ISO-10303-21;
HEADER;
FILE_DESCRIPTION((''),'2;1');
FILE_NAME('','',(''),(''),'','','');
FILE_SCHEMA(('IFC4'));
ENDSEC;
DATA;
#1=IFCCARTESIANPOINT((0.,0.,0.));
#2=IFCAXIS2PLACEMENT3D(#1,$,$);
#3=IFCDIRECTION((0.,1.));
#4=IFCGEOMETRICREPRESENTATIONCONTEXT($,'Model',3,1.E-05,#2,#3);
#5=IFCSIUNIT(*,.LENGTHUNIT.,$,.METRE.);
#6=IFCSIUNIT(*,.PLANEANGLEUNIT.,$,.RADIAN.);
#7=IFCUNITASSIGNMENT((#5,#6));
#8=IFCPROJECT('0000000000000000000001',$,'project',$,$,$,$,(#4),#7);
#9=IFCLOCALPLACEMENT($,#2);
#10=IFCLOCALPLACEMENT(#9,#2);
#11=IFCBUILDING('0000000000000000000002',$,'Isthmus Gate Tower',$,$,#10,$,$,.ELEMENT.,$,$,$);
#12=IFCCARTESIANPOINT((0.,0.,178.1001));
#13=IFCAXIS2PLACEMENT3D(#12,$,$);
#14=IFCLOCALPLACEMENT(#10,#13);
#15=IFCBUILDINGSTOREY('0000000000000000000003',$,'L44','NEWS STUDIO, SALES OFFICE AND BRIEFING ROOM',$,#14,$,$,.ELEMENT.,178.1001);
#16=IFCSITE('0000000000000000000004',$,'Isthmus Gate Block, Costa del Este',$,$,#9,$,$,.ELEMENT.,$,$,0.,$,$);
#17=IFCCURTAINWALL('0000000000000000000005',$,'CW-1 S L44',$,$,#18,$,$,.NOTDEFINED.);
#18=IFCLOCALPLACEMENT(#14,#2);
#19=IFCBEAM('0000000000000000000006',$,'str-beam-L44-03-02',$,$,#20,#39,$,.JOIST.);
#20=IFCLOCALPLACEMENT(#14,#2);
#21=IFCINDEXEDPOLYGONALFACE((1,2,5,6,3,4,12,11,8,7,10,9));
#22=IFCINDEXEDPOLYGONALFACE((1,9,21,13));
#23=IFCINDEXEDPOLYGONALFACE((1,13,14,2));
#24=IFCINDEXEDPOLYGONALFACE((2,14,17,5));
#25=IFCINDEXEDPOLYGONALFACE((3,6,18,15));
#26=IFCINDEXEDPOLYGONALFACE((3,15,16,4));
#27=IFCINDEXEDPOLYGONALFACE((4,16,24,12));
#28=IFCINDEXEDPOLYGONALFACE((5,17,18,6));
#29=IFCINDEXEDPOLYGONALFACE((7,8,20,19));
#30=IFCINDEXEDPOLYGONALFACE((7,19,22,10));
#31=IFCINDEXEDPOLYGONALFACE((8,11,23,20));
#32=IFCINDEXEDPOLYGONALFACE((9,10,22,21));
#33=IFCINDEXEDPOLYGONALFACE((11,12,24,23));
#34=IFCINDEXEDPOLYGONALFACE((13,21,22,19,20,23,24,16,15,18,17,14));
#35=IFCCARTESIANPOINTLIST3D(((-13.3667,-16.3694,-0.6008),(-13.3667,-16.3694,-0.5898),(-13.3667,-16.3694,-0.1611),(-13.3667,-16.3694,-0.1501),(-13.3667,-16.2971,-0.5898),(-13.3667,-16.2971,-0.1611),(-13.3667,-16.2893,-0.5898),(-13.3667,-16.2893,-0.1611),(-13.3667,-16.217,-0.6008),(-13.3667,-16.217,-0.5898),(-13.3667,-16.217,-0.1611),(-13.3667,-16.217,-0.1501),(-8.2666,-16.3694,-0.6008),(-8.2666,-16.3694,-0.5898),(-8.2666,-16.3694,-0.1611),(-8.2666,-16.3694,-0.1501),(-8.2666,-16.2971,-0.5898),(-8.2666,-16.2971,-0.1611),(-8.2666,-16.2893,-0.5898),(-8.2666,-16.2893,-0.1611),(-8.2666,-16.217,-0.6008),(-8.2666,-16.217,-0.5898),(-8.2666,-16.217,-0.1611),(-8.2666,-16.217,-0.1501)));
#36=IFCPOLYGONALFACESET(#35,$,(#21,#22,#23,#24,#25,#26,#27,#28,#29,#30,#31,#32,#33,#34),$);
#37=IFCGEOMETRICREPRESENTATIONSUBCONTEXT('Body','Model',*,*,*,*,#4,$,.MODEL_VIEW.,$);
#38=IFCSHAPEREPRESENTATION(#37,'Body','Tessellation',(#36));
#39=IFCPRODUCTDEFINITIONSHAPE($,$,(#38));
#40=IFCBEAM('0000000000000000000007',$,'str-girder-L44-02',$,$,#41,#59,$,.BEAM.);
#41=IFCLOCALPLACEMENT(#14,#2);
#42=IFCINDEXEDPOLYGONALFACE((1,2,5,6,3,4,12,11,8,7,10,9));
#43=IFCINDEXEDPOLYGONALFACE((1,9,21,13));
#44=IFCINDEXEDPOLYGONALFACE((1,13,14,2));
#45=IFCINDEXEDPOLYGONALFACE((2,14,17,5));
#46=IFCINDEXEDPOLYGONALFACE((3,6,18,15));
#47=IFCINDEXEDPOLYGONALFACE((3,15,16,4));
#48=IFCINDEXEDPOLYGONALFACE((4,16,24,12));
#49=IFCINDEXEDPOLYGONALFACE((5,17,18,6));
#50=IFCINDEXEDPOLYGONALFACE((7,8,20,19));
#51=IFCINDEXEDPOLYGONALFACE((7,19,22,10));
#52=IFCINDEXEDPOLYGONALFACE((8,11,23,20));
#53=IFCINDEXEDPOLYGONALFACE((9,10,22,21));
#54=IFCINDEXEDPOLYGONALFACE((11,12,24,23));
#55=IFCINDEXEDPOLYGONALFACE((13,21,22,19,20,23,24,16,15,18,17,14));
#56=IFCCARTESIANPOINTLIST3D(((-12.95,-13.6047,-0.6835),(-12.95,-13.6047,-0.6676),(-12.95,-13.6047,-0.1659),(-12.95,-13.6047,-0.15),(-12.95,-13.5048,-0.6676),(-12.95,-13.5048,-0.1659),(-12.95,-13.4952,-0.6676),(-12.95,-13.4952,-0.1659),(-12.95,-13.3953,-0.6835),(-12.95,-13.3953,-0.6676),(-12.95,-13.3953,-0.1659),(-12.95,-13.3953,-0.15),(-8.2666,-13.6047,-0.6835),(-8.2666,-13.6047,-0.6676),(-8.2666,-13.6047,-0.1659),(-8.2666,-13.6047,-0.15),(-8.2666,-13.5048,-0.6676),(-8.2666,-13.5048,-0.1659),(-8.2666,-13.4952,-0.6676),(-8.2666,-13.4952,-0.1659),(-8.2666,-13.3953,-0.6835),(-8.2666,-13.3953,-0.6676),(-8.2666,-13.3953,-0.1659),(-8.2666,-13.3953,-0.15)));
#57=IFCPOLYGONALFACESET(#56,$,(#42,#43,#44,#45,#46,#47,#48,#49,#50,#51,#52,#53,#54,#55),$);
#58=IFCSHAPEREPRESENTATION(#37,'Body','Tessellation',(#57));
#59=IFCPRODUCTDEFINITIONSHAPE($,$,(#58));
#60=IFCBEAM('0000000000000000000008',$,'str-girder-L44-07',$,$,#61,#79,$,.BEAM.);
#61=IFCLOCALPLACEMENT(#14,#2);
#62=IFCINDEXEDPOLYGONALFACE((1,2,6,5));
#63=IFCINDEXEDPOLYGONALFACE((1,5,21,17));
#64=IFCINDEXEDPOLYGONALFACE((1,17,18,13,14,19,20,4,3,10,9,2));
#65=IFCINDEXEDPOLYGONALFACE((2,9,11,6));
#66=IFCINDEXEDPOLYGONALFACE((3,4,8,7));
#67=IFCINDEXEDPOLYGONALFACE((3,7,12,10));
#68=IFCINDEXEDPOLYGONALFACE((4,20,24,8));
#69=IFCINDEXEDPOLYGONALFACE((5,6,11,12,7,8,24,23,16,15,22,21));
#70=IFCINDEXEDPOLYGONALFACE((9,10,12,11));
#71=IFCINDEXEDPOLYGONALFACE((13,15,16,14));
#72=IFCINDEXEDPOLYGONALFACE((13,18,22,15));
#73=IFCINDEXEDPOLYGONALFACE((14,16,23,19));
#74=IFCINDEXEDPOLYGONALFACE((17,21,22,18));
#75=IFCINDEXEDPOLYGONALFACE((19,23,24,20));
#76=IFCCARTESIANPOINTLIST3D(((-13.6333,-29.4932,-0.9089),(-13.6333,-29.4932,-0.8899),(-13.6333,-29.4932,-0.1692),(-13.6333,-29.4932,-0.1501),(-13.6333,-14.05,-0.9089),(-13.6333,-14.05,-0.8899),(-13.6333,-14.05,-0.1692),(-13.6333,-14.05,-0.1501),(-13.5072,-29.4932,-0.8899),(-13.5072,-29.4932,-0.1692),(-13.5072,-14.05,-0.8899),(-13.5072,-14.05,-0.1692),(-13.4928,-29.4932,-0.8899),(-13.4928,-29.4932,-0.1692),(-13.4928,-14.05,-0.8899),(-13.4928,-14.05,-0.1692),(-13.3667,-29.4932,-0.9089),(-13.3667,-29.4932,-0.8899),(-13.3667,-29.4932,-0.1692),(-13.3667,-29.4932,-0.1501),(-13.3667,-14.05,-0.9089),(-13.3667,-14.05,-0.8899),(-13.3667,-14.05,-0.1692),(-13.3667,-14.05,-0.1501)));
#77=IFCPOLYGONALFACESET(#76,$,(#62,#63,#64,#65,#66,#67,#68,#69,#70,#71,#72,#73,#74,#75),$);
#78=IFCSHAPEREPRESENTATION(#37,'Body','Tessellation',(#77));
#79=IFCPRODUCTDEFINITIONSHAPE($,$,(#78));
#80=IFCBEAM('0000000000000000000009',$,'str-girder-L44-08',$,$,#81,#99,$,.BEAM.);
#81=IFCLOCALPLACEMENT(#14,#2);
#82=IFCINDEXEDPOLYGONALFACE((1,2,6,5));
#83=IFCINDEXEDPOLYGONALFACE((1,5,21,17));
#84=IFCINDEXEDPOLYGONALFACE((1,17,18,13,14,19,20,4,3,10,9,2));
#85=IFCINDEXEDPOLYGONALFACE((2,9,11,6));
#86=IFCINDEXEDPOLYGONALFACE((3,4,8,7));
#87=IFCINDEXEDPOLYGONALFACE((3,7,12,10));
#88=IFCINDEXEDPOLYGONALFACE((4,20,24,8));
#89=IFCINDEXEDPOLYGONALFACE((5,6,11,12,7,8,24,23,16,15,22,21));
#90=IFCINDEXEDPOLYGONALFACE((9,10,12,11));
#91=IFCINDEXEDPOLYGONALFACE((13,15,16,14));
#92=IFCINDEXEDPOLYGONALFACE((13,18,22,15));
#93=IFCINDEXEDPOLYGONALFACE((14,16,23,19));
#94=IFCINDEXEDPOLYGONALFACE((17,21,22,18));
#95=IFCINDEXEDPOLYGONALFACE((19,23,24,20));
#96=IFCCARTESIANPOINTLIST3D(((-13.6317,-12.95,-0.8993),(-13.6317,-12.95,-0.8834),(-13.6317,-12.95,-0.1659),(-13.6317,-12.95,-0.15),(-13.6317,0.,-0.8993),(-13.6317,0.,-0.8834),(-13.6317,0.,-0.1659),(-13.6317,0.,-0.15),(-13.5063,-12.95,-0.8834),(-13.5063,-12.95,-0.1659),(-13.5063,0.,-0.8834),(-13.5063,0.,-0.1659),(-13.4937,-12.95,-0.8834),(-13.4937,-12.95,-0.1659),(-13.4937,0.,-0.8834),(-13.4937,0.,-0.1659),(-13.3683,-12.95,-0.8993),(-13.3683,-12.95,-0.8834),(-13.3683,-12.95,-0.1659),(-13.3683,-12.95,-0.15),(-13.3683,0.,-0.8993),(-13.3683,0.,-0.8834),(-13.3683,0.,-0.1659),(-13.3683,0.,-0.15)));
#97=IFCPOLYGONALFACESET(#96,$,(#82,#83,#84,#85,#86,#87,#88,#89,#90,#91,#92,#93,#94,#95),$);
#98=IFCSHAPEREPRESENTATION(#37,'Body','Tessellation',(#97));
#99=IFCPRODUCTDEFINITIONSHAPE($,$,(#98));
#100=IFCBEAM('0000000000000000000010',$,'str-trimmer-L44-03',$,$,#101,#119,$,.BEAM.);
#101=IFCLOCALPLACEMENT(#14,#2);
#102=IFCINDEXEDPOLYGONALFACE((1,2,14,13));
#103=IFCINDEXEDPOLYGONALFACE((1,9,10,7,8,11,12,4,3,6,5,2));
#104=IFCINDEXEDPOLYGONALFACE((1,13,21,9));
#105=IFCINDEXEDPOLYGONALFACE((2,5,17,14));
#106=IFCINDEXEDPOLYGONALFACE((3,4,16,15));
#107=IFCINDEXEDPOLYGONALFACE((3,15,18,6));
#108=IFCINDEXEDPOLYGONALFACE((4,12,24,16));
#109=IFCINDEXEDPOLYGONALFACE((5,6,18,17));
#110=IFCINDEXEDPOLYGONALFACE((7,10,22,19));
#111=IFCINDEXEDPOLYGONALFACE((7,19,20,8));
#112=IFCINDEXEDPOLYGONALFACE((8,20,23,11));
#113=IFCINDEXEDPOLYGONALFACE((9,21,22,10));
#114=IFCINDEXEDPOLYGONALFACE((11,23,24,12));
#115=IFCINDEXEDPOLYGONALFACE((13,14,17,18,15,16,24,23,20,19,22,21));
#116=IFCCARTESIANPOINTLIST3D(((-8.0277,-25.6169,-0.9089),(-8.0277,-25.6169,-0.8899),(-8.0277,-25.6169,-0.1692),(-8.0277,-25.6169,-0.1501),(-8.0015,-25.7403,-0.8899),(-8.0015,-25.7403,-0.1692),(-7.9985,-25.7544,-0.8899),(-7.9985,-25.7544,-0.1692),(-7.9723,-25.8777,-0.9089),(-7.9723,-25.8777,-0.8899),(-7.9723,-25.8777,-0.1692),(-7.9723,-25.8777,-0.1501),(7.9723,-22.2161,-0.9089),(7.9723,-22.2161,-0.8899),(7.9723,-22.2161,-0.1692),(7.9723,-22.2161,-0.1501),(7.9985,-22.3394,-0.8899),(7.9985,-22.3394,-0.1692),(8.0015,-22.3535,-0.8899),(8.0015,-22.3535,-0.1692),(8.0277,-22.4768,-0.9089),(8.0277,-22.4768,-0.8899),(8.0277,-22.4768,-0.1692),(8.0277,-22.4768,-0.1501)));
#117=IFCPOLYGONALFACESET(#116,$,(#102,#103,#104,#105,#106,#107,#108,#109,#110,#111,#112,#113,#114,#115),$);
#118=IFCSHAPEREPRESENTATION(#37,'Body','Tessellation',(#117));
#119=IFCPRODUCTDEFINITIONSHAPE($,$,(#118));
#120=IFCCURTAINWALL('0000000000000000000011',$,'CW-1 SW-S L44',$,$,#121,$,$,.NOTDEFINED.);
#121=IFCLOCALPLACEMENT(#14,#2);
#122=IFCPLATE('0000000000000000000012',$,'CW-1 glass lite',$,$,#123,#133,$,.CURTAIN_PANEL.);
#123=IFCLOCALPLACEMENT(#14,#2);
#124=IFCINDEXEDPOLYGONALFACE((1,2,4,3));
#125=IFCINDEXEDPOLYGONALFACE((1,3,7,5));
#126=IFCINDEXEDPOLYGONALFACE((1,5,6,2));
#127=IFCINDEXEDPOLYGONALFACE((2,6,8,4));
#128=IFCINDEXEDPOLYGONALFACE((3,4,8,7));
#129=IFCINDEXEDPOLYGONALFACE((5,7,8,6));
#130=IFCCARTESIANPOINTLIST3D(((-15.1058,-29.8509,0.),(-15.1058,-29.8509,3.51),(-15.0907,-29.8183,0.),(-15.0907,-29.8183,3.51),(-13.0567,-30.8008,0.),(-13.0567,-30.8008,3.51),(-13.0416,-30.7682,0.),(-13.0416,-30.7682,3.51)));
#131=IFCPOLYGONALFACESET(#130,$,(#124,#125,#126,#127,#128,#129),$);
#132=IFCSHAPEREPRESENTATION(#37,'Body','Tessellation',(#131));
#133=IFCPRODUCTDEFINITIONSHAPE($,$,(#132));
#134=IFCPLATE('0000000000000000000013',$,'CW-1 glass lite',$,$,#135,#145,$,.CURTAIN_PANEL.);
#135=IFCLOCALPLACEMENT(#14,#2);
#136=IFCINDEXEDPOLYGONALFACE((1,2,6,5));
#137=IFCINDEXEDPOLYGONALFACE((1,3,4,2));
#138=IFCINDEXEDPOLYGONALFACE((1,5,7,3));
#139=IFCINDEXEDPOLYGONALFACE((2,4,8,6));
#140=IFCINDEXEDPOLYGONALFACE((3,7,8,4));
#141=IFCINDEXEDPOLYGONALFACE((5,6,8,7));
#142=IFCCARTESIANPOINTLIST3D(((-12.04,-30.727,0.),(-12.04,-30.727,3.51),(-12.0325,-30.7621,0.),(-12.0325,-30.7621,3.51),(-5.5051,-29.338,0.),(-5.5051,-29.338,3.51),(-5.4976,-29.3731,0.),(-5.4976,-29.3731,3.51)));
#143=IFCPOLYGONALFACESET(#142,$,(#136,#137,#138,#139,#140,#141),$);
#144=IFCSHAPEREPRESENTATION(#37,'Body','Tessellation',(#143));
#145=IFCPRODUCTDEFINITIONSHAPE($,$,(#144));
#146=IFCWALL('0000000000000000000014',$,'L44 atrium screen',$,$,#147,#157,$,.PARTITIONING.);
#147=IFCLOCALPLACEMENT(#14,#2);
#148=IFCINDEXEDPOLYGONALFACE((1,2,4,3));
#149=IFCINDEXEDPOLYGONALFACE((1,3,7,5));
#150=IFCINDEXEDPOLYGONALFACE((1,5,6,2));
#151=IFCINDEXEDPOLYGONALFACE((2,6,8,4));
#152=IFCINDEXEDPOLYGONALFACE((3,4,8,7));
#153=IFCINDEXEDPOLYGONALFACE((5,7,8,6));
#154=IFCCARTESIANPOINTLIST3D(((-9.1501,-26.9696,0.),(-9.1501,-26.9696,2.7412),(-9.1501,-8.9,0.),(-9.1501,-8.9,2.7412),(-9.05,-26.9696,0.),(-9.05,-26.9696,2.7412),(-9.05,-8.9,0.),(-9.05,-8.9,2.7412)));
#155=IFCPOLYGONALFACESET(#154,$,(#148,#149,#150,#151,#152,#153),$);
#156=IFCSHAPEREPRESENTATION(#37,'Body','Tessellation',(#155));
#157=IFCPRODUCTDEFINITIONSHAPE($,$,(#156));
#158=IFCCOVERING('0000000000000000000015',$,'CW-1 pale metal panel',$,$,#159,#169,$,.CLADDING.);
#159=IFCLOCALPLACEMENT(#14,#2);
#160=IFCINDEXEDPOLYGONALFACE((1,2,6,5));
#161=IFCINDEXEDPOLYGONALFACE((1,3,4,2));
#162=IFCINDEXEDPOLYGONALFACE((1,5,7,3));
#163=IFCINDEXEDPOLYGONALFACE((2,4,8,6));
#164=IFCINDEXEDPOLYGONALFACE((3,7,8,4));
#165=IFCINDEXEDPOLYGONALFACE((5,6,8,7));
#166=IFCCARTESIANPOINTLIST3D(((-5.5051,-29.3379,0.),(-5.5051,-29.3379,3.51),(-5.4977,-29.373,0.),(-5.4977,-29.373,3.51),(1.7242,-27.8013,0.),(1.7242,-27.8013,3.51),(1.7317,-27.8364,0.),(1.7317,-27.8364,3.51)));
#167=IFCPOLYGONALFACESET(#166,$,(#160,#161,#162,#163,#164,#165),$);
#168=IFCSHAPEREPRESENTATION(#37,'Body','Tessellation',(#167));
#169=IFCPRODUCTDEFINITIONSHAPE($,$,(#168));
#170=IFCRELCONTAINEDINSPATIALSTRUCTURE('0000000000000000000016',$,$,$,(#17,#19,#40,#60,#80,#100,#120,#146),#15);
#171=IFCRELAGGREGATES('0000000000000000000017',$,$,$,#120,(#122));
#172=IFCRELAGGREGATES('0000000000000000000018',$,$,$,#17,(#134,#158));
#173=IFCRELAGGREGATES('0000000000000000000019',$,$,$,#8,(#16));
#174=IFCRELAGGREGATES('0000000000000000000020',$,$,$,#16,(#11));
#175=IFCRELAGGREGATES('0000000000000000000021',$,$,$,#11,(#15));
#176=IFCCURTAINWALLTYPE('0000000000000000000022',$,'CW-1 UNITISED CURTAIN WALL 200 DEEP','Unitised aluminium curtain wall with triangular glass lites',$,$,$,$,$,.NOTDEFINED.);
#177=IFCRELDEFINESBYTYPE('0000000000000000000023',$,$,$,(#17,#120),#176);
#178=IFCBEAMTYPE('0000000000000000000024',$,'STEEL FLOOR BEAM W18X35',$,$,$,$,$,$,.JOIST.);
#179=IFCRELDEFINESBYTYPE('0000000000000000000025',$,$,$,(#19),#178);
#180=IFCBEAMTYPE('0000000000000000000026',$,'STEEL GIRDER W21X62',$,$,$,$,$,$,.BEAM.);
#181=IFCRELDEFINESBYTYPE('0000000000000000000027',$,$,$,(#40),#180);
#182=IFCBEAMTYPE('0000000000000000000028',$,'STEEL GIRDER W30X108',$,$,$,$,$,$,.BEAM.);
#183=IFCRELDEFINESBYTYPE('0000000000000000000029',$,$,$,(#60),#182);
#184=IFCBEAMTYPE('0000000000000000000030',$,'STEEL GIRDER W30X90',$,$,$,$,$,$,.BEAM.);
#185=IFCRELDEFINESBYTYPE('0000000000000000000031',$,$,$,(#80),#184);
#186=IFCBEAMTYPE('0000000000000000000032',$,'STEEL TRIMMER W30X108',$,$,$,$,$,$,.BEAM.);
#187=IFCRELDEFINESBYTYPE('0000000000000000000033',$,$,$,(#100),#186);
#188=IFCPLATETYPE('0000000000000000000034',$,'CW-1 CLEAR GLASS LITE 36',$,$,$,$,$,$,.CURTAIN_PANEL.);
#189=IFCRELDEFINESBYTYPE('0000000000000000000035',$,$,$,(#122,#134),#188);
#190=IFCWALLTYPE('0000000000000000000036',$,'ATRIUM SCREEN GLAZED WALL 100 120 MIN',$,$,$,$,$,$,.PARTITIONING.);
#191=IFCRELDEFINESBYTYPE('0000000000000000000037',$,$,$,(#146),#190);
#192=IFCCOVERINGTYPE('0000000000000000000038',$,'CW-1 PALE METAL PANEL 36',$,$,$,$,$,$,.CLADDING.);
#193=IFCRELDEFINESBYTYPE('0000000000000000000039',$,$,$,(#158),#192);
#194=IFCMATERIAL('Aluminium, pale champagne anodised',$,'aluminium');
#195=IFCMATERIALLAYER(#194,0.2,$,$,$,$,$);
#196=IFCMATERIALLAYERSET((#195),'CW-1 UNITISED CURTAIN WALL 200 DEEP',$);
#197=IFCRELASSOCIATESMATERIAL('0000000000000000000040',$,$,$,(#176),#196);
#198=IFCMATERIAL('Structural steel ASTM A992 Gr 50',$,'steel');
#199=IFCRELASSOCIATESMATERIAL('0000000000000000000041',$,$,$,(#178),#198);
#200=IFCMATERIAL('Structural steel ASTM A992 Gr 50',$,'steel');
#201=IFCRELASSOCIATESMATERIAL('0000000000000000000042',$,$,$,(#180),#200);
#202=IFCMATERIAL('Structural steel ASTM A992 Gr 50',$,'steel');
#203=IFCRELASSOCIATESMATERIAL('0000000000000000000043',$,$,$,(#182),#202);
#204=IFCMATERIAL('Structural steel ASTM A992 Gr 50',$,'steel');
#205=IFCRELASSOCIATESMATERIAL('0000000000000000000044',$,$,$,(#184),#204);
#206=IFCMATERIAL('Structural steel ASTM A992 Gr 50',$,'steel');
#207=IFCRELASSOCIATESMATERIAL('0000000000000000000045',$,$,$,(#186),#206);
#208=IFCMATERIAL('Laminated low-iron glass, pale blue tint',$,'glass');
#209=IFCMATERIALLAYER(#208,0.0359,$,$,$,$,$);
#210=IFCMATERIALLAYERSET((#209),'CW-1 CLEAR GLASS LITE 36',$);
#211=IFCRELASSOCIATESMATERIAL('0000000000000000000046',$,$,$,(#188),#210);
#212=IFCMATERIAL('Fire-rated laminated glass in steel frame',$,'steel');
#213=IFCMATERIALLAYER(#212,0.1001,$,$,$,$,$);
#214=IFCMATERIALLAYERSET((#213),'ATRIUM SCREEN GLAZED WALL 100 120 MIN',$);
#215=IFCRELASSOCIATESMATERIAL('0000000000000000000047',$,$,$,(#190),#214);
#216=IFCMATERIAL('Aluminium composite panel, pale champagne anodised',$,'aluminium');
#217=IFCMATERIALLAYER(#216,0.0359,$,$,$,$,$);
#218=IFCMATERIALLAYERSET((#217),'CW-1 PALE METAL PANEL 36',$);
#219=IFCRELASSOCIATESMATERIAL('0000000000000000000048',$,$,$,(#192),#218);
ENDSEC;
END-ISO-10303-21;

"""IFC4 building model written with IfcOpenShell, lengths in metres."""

from ifc_helpers import new_model, si_unit, direction, frame, frame_2d, origin, origin_2d, place, context, subcontext, project, spatial, rectangle, i_section, extrude, material, layer, layer_set, material_profile, profile_set, type_object, element, aggregate, save


model = new_model("IFC4")

# Units and contexts
model_context = context("Model", 3, precision=1e-05, world=origin(), true_north=direction((0.0, 1.0)))
body_context = subcontext(model_context, "Body", "Model", "MODEL_VIEW")
ifc_project = project(units=[si_unit("LENGTHUNIT", "METRE"), si_unit("PLANEANGLEUNIT", "RADIAN")], contexts=[model_context])

# Site, building, storey
site_placement = place(None, origin())
site = spatial("IfcSite", under=ifc_project, at=site_placement, Name="Isthmus Gate Block, Costa del Este", CompositionType="ELEMENT", RefElevation=0.0)
building_placement = place(site_placement, origin())
building = spatial("IfcBuilding", under=site, at=building_placement, Name="Isthmus Gate Tower", CompositionType="ELEMENT")
storey_placement = place(building_placement, frame((0.0, 0.0, 178.1001)))
storey = spatial("IfcBuildingStorey", under=building, at=storey_placement, Name="L44", Description="NEWS STUDIO, SALES OFFICE AND BRIEFING ROOM", CompositionType="ELEMENT", Elevation=178.1001)

# Curtain wall
ifc_material_1 = material(Name="Aluminium, pale champagne anodised", Category="aluminium")
ifc_layer_1 = layer(ifc_material_1, 0.2)
ifc_layer_set_1 = layer_set([ifc_layer_1], Name="CW-1 UNITISED CURTAIN WALL 200 DEEP")
curtain_wall_type = type_object("IfcCurtainWallType", Name="CW-1 UNITISED CURTAIN WALL 200 DEEP", Description="Unitised aluminium curtain wall with triangular glass lites", PredefinedType="NOTDEFINED", material=ifc_layer_set_1)
curtain_wall_1_placement = place(storey_placement, origin())
curtain_wall_1 = element("IfcCurtainWall", 1, at=curtain_wall_1_placement, inside=storey, type_object=curtain_wall_type, Name="CW-1 S L44", PredefinedType="NOTDEFINED")

# Beams
ifc_material_2 = material(Name="Structural steel ASTM A992 Gr 50", Category="steel")
ifc_material_profile_1 = material_profile(ifc_material_2, i_section(OverallWidth=0.1523, OverallDepth=0.4507, WebThickness=0.0078, FlangeThickness=0.011, at=origin_2d()), Name="W18X35")
ifc_profile_set_1 = profile_set([ifc_material_profile_1], Name="Structural steel ASTM A992 Gr 50")
beam_type_1 = type_object("IfcBeamType", Name="STEEL FLOOR BEAM W18X35", PredefinedType="JOIST", material=ifc_profile_set_1)
for number, where, z_axis, x_axis, name in (
    (2, (-13.3667, -16.2932, -0.3755), (1.0, 0.0, 0.0), (0.0, 1.0, 0.0), "str-beam-L44-03-02"),
):
    element("IfcBeam", number, at=place(storey_placement, frame(where, z_axis=z_axis, x_axis=x_axis)), inside=storey, type_object=beam_type_1, Name=name, PredefinedType="JOIST", context=body_context, shape_type="SweptSolid", body=[
        extrude(i_section(OverallWidth=0.1523, OverallDepth=0.4507, WebThickness=0.0078, FlangeThickness=0.011, at=origin_2d()), origin(), (0.0, 0.0, 1.0), 5.1001),
    ])
ifc_material_3 = material(Name="Structural steel ASTM A992 Gr 50", Category="steel")
ifc_material_profile_2 = material_profile(ifc_material_3, i_section(OverallWidth=0.2095, OverallDepth=0.5334, WebThickness=0.0095, FlangeThickness=0.0159, at=origin_2d()), Name="W21X62")
ifc_profile_set_2 = profile_set([ifc_material_profile_2], Name="Structural steel ASTM A992 Gr 50")
beam_type_2 = type_object("IfcBeamType", Name="STEEL GIRDER W21X62", PredefinedType="BEAM", material=ifc_profile_set_2)
beam_1_placement = place(storey_placement, frame((-12.95, -13.5, -0.4167), z_axis=(1.0, 0.0, 0.0), x_axis=(0.0, 1.0, 0.0)))
element("IfcBeam", 3, at=beam_1_placement, inside=storey, type_object=beam_type_2, Name="str-girder-L44-02", PredefinedType="BEAM", context=body_context, shape_type="SweptSolid", body=[
    extrude(i_section(OverallWidth=0.2095, OverallDepth=0.5334, WebThickness=0.0095, FlangeThickness=0.0159, at=origin_2d()), origin(), (0.0, 0.0, 1.0), 4.6833),
])
ifc_material_4 = material(Name="Structural steel ASTM A992 Gr 50", Category="steel")
ifc_material_profile_3 = material_profile(ifc_material_4, i_section(OverallWidth=0.2666, OverallDepth=0.7588, WebThickness=0.0144, FlangeThickness=0.019, at=origin_2d()), Name="W30X108")
ifc_profile_set_3 = profile_set([ifc_material_profile_3], Name="Structural steel ASTM A992 Gr 50")
beam_type_3 = type_object("IfcBeamType", Name="STEEL GIRDER W30X108", PredefinedType="BEAM", material=ifc_profile_set_3)
beam_2_placement = place(storey_placement, frame((-13.5, -29.4932, -0.5295), z_axis=(0.0, 1.0, 0.0), x_axis=(-1.0, 0.0, 0.0)))
element("IfcBeam", 4, at=beam_2_placement, inside=storey, type_object=beam_type_3, Name="str-girder-L44-07", PredefinedType="BEAM", context=body_context, shape_type="SweptSolid", body=[
    extrude(i_section(OverallWidth=0.2666, OverallDepth=0.7588, WebThickness=0.0144, FlangeThickness=0.019, at=origin_2d()), origin(), (0.0, 0.0, 1.0), 15.4431),
])
ifc_material_5 = material(Name="Structural steel ASTM A992 Gr 50", Category="steel")
ifc_material_profile_4 = material_profile(ifc_material_5, i_section(OverallWidth=0.2634, OverallDepth=0.7493, WebThickness=0.0127, FlangeThickness=0.0159, at=origin_2d()), Name="W30X90")
ifc_profile_set_4 = profile_set([ifc_material_profile_4], Name="Structural steel ASTM A992 Gr 50")
beam_type_4 = type_object("IfcBeamType", Name="STEEL GIRDER W30X90", PredefinedType="BEAM", material=ifc_profile_set_4)
beam_3_placement = place(storey_placement, frame((-13.5, -12.95, -0.5247), z_axis=(0.0, 1.0, 0.0), x_axis=(-1.0, 0.0, 0.0)))
element("IfcBeam", 5, at=beam_3_placement, inside=storey, type_object=beam_type_4, Name="str-girder-L44-08", PredefinedType="BEAM", context=body_context, shape_type="SweptSolid", body=[
    extrude(i_section(OverallWidth=0.2634, OverallDepth=0.7493, WebThickness=0.0127, FlangeThickness=0.0159, at=origin_2d()), origin(), (0.0, 0.0, 1.0), 12.95),
])
ifc_material_6 = material(Name="Structural steel ASTM A992 Gr 50", Category="steel")
ifc_material_profile_5 = material_profile(ifc_material_6, i_section(OverallWidth=0.2666, OverallDepth=0.7588, WebThickness=0.0144, FlangeThickness=0.019, at=origin_2d()), Name="W30X108")
ifc_profile_set_5 = profile_set([ifc_material_profile_5], Name="Structural steel ASTM A992 Gr 50")
beam_type_5 = type_object("IfcBeamType", Name="STEEL TRIMMER W30X108", PredefinedType="BEAM", material=ifc_profile_set_5)
beam_4_placement = place(storey_placement, frame((-8.0, -25.7473, -0.5295), z_axis=(0.978148, 0.20791, 0.0), x_axis=(-0.20791, 0.978148, 0.0)))
element("IfcBeam", 6, at=beam_4_placement, inside=storey, type_object=beam_type_5, Name="str-trimmer-L44-03", PredefinedType="BEAM", context=body_context, shape_type="SweptSolid", body=[
    extrude(i_section(OverallWidth=0.2666, OverallDepth=0.7588, WebThickness=0.0144, FlangeThickness=0.019, at=origin_2d()), origin(), (0.0, 0.0, 1.0), 16.3574),
])

# Curtain wall, plate
curtain_wall_2_placement = place(storey_placement, origin())
curtain_wall_2 = element("IfcCurtainWall", 7, at=curtain_wall_2_placement, inside=storey, type_object=curtain_wall_type, Name="CW-1 SW-S L44", PredefinedType="NOTDEFINED")
ifc_material_7 = material(Name="Laminated low-iron glass, pale blue tint", Category="glass")
ifc_layer_2 = layer(ifc_material_7, 0.0359)
ifc_layer_set_2 = layer_set([ifc_layer_2], Name="CW-1 CLEAR GLASS LITE 36")
plate_type = type_object("IfcPlateType", Name="CW-1 CLEAR GLASS LITE 36", PredefinedType="CURTAIN_PANEL", material=ifc_layer_set_2)
plate_1_placement = place(storey_placement, frame((-14.0737, -30.3096, 0.0), z_axis=(0.0, 0.0, 1.0), x_axis=(0.907256, -0.420578, 0.0)))
plate_1 = element("IfcPlate", 8, at=plate_1_placement, type_object=plate_type, Name="CW-1 glass lite", PredefinedType="CURTAIN_PANEL", context=body_context, shape_type="SweptSolid", body=[
    extrude(rectangle(XDim=2.2585, YDim=0.0359, at=origin_2d()), origin(), (0.0, 0.0, 1.0), 3.51),
])
aggregate(curtain_wall_2, [plate_1])

# Plate
plate_2_placement = place(storey_placement, frame((-8.7688, -30.05, 0.0), z_axis=(0.0, 0.0, 1.0), x_axis=(0.978148, 0.207912, 0.0)))
plate_2 = element("IfcPlate", 9, at=plate_2_placement, type_object=plate_type, Name="CW-1 glass lite", PredefinedType="CURTAIN_PANEL", context=body_context, shape_type="SweptSolid", body=[
    extrude(rectangle(XDim=6.6809, YDim=0.0359, at=origin_2d()), origin(), (0.0, 0.0, 1.0), 3.51),
])

# Wall
ifc_material_8 = material(Name="Fire-rated laminated glass in steel frame", Category="steel")
ifc_layer_3 = layer(ifc_material_8, 0.1001)
ifc_layer_set_3 = layer_set([ifc_layer_3], Name="ATRIUM SCREEN GLAZED WALL 100 120 MIN")
wall_type = type_object("IfcWallType", Name="ATRIUM SCREEN GLAZED WALL 100 120 MIN", PredefinedType="PARTITIONING", material=ifc_layer_set_3)
wall_placement = place(storey_placement, frame((-9.1001, -26.9695, 0.0), z_axis=(0.0, 0.0, 1.0), x_axis=(0.0, 1.0, 0.0)))
element("IfcWall", 10, at=wall_placement, inside=storey, type_object=wall_type, Name="L44 atrium screen", PredefinedType="PARTITIONING", context=body_context, shape_type="SweptSolid", body=[
    extrude(rectangle(XDim=18.0696, YDim=0.1001, at=frame_2d((9.0347, 0.0))), origin(), (0.0, 0.0, 1.0), 2.7412),
])

# Covering
ifc_material_9 = material(Name="Aluminium composite panel, pale champagne anodised", Category="aluminium")
ifc_layer_4 = layer(ifc_material_9, 0.0359)
ifc_layer_set_4 = layer_set([ifc_layer_4], Name="CW-1 PALE METAL PANEL 36")
covering_type = type_object("IfcCoveringType", Name="CW-1 PALE METAL PANEL 36", PredefinedType="CLADDING", material=ifc_layer_set_4)
covering_placement = place(storey_placement, frame((-1.8867, -28.5872, 0.0), z_axis=(0.0, 0.0, 1.0), x_axis=(0.978148, 0.207912, 0.0)))
covering = element("IfcCovering", 11, at=covering_placement, type_object=covering_type, Name="CW-1 pale metal panel", PredefinedType="CLADDING", context=body_context, shape_type="SweptSolid", body=[
    extrude(rectangle(XDim=7.3909, YDim=0.0359, at=origin_2d()), origin(), (0.0, 0.0, 1.0), 3.51),
])
aggregate(curtain_wall_1, [plate_2, covering])

save(model, "model.ifc")
